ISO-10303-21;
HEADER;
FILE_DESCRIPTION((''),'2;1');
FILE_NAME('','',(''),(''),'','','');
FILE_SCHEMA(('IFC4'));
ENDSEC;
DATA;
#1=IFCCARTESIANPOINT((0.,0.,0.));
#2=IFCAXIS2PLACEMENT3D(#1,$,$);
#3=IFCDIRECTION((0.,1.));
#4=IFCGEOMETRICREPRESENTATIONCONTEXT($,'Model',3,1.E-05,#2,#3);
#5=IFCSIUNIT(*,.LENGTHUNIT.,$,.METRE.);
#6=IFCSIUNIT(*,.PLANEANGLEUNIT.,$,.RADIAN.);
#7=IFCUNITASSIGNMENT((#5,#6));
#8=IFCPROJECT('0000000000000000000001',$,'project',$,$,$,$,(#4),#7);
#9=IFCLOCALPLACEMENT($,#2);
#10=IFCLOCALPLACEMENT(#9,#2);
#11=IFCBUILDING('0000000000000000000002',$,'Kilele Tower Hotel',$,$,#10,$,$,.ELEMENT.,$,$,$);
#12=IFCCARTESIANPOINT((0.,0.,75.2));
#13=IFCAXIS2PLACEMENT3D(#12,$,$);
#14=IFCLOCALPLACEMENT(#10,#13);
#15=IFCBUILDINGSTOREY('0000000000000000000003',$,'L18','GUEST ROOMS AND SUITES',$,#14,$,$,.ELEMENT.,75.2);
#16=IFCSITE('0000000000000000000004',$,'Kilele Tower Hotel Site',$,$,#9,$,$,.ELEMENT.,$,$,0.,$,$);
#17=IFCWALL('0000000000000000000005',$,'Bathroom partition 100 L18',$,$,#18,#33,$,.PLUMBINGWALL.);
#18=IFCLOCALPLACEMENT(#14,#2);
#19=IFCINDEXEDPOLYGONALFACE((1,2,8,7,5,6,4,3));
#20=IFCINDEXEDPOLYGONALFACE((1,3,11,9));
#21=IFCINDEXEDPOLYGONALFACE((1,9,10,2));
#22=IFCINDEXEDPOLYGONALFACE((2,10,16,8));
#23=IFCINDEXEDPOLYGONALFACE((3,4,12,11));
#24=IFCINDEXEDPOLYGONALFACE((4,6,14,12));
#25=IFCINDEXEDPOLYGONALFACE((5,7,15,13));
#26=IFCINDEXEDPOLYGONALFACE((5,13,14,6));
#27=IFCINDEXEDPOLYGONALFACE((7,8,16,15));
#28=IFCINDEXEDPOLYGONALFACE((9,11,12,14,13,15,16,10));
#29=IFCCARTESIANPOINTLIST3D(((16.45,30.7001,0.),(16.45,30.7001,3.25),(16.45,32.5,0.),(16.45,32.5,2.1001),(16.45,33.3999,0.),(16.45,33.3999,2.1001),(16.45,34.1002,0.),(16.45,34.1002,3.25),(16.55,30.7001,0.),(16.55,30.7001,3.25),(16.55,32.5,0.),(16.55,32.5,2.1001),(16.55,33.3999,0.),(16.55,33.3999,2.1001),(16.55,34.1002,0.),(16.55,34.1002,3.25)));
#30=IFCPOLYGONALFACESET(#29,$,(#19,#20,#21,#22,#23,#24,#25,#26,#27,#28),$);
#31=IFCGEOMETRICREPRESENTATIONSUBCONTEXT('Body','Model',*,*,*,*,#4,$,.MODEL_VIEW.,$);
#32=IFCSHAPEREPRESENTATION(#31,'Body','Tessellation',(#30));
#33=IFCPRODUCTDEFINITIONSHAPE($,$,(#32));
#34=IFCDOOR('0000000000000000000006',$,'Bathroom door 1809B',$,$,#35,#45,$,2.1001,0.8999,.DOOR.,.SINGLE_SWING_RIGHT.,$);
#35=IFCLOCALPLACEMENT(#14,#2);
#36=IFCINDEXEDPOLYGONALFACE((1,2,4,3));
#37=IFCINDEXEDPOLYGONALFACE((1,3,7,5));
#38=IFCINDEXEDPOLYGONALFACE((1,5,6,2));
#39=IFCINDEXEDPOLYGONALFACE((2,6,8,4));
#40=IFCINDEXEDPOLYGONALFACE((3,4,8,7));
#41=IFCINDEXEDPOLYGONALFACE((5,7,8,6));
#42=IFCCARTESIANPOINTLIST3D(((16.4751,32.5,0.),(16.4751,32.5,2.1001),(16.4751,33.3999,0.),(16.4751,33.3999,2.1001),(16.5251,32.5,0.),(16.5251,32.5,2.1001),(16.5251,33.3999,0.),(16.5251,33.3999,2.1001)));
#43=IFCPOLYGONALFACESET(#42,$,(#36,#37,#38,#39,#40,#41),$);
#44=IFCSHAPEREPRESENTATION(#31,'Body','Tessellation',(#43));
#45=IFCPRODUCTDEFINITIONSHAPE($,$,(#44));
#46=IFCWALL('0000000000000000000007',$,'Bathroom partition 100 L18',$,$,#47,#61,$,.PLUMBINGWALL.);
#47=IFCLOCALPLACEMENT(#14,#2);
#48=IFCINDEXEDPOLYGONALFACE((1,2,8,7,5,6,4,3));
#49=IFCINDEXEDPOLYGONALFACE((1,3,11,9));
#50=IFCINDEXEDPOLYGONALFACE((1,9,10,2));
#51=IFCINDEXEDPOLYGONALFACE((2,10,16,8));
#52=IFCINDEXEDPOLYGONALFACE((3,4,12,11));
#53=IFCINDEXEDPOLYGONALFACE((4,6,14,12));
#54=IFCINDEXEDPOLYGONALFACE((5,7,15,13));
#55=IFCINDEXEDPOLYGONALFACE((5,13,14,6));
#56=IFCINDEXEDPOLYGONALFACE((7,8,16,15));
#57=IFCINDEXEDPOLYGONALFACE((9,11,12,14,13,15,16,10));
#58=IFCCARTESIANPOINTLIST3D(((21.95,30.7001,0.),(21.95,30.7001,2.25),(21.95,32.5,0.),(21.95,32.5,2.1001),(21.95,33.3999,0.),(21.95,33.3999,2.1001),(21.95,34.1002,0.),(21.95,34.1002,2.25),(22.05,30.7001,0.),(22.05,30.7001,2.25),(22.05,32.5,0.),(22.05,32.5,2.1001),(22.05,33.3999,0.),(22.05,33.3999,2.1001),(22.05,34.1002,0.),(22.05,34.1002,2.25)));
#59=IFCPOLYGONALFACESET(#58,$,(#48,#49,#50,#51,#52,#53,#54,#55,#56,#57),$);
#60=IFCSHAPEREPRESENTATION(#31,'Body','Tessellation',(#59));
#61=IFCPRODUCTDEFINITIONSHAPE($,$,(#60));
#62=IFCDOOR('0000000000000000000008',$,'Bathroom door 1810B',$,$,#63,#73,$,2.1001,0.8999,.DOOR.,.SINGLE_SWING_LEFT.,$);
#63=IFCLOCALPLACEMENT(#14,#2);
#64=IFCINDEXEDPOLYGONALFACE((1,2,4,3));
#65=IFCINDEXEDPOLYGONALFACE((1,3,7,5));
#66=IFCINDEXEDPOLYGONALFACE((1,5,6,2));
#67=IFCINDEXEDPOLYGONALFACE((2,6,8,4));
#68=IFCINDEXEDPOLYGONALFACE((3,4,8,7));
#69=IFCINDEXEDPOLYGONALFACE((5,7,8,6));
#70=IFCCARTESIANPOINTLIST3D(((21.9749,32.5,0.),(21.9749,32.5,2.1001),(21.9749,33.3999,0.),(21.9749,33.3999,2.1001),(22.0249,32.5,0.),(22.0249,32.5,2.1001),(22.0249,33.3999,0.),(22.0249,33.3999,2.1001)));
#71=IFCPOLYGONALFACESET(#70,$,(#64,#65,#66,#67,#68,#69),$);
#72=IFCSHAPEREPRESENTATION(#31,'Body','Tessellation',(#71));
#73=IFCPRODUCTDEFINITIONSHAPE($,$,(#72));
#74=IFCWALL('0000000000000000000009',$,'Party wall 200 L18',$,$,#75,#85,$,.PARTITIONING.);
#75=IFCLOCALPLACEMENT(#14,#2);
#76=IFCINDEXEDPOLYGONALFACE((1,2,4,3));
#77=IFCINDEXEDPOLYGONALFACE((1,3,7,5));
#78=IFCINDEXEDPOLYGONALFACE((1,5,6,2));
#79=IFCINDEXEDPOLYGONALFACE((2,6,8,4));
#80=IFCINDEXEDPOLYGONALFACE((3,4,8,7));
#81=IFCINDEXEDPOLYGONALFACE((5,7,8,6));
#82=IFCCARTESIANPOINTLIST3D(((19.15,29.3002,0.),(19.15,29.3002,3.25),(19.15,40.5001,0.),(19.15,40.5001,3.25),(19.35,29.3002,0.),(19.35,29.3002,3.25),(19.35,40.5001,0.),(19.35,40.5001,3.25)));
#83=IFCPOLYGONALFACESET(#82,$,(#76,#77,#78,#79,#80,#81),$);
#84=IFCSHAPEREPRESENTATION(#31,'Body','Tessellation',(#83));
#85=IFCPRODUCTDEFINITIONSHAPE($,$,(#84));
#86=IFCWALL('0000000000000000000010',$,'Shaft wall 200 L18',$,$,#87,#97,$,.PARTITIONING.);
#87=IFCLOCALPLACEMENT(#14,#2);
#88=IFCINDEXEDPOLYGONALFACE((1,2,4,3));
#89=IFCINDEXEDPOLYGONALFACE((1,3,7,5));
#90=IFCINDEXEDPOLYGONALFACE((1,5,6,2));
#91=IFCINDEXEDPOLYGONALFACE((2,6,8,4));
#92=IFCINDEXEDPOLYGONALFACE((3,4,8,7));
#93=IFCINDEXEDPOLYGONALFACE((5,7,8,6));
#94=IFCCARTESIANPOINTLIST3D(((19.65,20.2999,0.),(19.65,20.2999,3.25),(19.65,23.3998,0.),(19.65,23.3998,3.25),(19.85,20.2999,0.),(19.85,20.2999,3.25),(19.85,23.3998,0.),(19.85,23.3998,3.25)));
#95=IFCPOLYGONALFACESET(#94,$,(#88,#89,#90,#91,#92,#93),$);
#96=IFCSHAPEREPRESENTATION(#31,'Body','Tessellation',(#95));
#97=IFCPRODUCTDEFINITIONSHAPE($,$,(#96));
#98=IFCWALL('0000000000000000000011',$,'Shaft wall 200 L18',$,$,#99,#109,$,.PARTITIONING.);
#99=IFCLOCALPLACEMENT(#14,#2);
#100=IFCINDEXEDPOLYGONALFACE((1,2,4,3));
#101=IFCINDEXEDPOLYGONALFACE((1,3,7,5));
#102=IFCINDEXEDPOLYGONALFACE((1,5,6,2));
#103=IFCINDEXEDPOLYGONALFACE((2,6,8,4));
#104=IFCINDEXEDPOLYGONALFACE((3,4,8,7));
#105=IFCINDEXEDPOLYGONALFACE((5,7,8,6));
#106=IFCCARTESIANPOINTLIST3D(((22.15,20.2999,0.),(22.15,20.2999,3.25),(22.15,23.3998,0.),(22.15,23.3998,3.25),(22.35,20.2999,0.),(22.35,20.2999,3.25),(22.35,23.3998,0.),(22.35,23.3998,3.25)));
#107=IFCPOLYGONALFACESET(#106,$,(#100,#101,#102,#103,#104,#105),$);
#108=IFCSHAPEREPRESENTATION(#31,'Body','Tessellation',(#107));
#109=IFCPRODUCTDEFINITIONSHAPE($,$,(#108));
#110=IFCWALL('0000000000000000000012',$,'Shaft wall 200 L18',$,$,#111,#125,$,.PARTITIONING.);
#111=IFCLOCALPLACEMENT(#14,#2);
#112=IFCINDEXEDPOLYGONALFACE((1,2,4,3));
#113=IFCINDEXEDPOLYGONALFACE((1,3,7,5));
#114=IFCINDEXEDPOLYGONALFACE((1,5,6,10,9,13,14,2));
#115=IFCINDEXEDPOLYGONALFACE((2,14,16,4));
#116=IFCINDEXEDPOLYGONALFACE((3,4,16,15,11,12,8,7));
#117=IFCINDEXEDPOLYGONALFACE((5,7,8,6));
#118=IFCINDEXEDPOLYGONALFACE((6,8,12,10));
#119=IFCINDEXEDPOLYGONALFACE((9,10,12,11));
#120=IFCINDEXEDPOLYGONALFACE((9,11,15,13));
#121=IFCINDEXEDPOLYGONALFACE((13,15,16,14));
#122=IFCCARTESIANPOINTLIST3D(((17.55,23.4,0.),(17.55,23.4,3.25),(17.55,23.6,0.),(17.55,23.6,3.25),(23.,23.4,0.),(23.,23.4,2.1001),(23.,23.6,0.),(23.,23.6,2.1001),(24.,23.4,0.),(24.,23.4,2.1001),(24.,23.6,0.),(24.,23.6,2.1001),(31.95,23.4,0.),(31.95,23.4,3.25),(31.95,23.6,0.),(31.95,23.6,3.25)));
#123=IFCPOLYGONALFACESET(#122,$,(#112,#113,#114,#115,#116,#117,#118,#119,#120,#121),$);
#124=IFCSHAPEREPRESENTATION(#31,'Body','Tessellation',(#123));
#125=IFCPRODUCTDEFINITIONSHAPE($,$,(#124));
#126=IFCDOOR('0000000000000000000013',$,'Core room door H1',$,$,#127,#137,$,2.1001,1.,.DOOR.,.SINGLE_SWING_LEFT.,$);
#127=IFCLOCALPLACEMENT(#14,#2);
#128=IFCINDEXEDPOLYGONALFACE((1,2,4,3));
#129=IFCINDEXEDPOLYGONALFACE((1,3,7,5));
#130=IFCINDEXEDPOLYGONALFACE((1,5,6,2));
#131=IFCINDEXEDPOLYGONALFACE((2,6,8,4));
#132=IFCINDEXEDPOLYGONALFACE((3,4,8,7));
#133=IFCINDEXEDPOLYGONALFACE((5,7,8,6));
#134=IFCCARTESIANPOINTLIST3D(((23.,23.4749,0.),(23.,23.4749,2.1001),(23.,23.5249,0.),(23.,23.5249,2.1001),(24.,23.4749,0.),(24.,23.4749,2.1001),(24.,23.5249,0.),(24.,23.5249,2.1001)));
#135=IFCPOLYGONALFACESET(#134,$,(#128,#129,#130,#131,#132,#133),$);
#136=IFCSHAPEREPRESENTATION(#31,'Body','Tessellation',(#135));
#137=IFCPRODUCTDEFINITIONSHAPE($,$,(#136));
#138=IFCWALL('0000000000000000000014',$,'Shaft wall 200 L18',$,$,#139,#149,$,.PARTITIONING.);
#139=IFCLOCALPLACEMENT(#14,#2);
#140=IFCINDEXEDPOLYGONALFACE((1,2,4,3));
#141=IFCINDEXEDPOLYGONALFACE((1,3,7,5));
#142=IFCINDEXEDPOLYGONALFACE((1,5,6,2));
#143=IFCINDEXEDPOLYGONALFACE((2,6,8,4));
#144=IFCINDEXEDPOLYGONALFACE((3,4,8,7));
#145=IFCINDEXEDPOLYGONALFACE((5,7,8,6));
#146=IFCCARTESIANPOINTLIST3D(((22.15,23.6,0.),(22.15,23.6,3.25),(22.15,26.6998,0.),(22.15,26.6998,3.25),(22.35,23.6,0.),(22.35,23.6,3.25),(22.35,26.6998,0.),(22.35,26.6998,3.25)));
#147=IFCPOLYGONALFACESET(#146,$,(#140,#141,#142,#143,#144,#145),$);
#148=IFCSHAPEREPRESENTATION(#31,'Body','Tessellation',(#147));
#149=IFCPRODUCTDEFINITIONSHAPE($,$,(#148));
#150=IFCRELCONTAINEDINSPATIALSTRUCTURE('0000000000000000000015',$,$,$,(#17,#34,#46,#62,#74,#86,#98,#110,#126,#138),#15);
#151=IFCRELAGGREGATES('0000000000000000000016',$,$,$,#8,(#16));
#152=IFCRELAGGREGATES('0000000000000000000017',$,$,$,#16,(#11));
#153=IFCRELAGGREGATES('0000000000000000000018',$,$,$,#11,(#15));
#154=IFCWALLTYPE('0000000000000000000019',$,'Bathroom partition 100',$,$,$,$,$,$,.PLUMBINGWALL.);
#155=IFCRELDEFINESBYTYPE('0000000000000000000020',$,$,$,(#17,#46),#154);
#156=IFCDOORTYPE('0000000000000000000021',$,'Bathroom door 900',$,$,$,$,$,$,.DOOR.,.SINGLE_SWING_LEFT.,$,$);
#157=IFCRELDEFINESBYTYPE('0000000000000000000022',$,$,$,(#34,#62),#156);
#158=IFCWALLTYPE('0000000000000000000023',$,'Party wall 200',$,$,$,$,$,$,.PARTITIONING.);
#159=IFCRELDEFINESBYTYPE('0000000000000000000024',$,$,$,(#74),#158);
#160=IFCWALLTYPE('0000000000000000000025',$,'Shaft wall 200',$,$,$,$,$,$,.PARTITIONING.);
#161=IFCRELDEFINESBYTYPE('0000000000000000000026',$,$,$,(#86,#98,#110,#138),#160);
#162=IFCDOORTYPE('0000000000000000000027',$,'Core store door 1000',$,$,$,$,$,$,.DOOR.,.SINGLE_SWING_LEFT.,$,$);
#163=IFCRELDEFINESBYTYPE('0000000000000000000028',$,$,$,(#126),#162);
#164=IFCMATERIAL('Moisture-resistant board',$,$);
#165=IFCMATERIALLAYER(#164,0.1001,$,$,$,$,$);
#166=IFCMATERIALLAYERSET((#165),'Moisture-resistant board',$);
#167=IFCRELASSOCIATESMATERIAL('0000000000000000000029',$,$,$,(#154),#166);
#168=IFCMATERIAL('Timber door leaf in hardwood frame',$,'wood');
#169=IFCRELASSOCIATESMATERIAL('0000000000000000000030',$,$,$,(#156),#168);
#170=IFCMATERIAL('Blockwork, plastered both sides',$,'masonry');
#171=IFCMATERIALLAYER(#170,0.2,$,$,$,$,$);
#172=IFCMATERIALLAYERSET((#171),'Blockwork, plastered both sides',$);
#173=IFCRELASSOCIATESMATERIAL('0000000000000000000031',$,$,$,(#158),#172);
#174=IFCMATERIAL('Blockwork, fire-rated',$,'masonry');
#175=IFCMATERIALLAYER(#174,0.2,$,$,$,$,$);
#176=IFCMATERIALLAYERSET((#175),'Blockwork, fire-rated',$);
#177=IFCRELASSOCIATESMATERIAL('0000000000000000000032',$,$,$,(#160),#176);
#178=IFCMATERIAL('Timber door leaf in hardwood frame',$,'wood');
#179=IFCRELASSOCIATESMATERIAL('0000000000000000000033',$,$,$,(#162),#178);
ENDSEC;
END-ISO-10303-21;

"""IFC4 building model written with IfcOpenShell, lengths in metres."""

from ifc_helpers import new_model, si_unit, direction, frame, frame_2d, origin, place, context, subcontext, project, spatial, rectangle, extrude, material, layer, layer_set, type_object, element, fill, save


model = new_model("IFC4")

# Units and contexts
model_context = context("Model", 3, precision=1e-05, world=origin(), true_north=direction((0.0, 1.0)))
body_context = subcontext(model_context, "Body", "Model", "MODEL_VIEW")
ifc_project = project(units=[si_unit("LENGTHUNIT", "METRE"), si_unit("PLANEANGLEUNIT", "RADIAN")], contexts=[model_context])

# Site, building, storey
site_placement = place(None, origin())
site = spatial("IfcSite", under=ifc_project, at=site_placement, Name="Kilele Tower Hotel Site", CompositionType="ELEMENT", RefElevation=0.0)
building_placement = place(site_placement, origin())
building = spatial("IfcBuilding", under=site, at=building_placement, Name="Kilele Tower Hotel", CompositionType="ELEMENT")
storey_placement = place(building_placement, frame((0.0, 0.0, 75.2)))
storey = spatial("IfcBuildingStorey", under=building, at=storey_placement, Name="L18", Description="GUEST ROOMS AND SUITES", CompositionType="ELEMENT", Elevation=75.2)

# Walls, openings, doors
ifc_material_1 = material(Name="Moisture-resistant board")
ifc_layer_1 = layer(ifc_material_1, 0.1001)
ifc_layer_set_1 = layer_set([ifc_layer_1], Name="Moisture-resistant board")
wall_type_1 = type_object("IfcWallType", Name="Bathroom partition 100", PredefinedType="PLUMBINGWALL", material=ifc_layer_set_1)
wall_1_placement = place(storey_placement, frame((16.5, 30.7, 0.0), z_axis=(0.0, 0.0, 1.0), x_axis=(0.0, 1.0, 0.0)))
wall_1 = element("IfcWall", 1, at=wall_1_placement, inside=storey, type_object=wall_type_1, Name="Bathroom partition 100 L18", PredefinedType="PLUMBINGWALL", context=body_context, shape_type="SweptSolid", body=[
    extrude(rectangle(XDim=3.4001, YDim=0.1001, at=frame_2d((1.7002, 0.0))), origin(), (0.0, 0.0, 1.0), 3.25),
])
opening_1_placement = place(wall_1_placement, frame((1.8, 0.0, 0.0)))
opening_1 = element("IfcOpeningElement", 2, at=opening_1_placement, cuts=wall_1, PredefinedType="OPENING", context=body_context, shape_type="SweptSolid", body=[
    extrude(rectangle(XDim=0.8999, YDim=2.1001, at=frame_2d((0.45, 1.05))), frame((0.0, 0.0601, 0.0), z_axis=(0.0, -1.0, 0.0), x_axis=(1.0, 0.0, 0.0)), (0.0, 0.0, 1.0), 0.1201),
])
ifc_material_2 = material(Name="Timber door leaf in hardwood frame", Category="wood")
door_type_1 = type_object("IfcDoorType", Name="Bathroom door 900", OperationType="SINGLE_SWING_LEFT", PredefinedType="DOOR", material=ifc_material_2)
door_1_placement = place(opening_1_placement, origin())
door_1 = element("IfcDoor", 3, at=door_1_placement, inside=storey, type_object=door_type_1, Name="Bathroom door 1809B", OperationType="SINGLE_SWING_RIGHT", OverallHeight=2.1001, OverallWidth=0.8999, PredefinedType="DOOR", context=body_context, shape_type="SweptSolid", body=[
    extrude(rectangle(XDim=0.8999, YDim=2.1001, at=frame_2d((0.45, 1.05))), frame((0.0, 0.0249, 0.0), z_axis=(0.0, -1.0, 0.0), x_axis=(1.0, 0.0, 0.0)), (0.0, 0.0, 1.0), 0.05),
])
fill(opening_1, door_1)
wall_2_placement = place(storey_placement, frame((22.0, 30.7, 0.0), z_axis=(0.0, 0.0, 1.0), x_axis=(0.0, 1.0, 0.0)))
wall_2 = element("IfcWall", 4, at=wall_2_placement, inside=storey, type_object=wall_type_1, Name="Bathroom partition 100 L18", PredefinedType="PLUMBINGWALL", context=body_context, shape_type="SweptSolid", body=[
    extrude(rectangle(XDim=3.4001, YDim=0.1001, at=frame_2d((1.7002, 0.0))), origin(), (0.0, 0.0, 1.0), 2.25),
])
opening_2_placement = place(wall_2_placement, frame((2.7, 0.0, 0.0), z_axis=(0.0, 0.0, 1.0), x_axis=(-1.0, 0.0, 0.0)))
opening_2 = element("IfcOpeningElement", 5, at=opening_2_placement, cuts=wall_2, PredefinedType="OPENING", context=body_context, shape_type="SweptSolid", body=[
    extrude(rectangle(XDim=0.8999, YDim=2.1001, at=frame_2d((0.45, 1.05))), frame((0.0, 0.0601, 0.0), z_axis=(0.0, -1.0, 0.0), x_axis=(1.0, 0.0, 0.0)), (0.0, 0.0, 1.0), 0.1201),
])
door_2_placement = place(opening_2_placement, origin())
door_2 = element("IfcDoor", 6, at=door_2_placement, inside=storey, type_object=door_type_1, Name="Bathroom door 1810B", OperationType="SINGLE_SWING_LEFT", OverallHeight=2.1001, OverallWidth=0.8999, PredefinedType="DOOR", context=body_context, shape_type="SweptSolid", body=[
    extrude(rectangle(XDim=0.8999, YDim=2.1001, at=frame_2d((0.45, 1.05))), frame((0.0, 0.0249, 0.0), z_axis=(0.0, -1.0, 0.0), x_axis=(1.0, 0.0, 0.0)), (0.0, 0.0, 1.0), 0.05),
])
fill(opening_2, door_2)

# Walls
ifc_material_3 = material(Name="Blockwork, plastered both sides", Category="masonry")
ifc_layer_2 = layer(ifc_material_3, 0.2)
ifc_layer_set_2 = layer_set([ifc_layer_2], Name="Blockwork, plastered both sides")
wall_type_2 = type_object("IfcWallType", Name="Party wall 200", PredefinedType="PARTITIONING", material=ifc_layer_set_2)
wall_3_placement = place(storey_placement, frame((19.25, 29.3, 0.0), z_axis=(0.0, 0.0, 1.0), x_axis=(0.0, 1.0, 0.0)))
element("IfcWall", 7, at=wall_3_placement, inside=storey, type_object=wall_type_2, Name="Party wall 200 L18", PredefinedType="PARTITIONING", context=body_context, shape_type="SweptSolid", body=[
    extrude(rectangle(XDim=11.2, YDim=0.2, at=frame_2d((5.6001, 0.0))), origin(), (0.0, 0.0, 1.0), 3.25),
])
ifc_material_4 = material(Name="Blockwork, fire-rated", Category="masonry")
ifc_layer_3 = layer(ifc_material_4, 0.2)
ifc_layer_set_3 = layer_set([ifc_layer_3], Name="Blockwork, fire-rated")
wall_type_3 = type_object("IfcWallType", Name="Shaft wall 200", PredefinedType="PARTITIONING", material=ifc_layer_set_3)
for number, where, z_axis, x_axis, name in (
    (8, (19.75, 20.3, 0.0), (0.0, 0.0, 1.0), (0.0, 1.0, 0.0), "Shaft wall 200 L18"),
    (9, (22.25, 20.3, 0.0), (0.0, 0.0, 1.0), (0.0, 1.0, 0.0), "Shaft wall 200 L18"),
):
    element("IfcWall", number, at=place(storey_placement, frame(where, z_axis=z_axis, x_axis=x_axis)), inside=storey, type_object=wall_type_3, Name=name, PredefinedType="PARTITIONING", context=body_context, shape_type="SweptSolid", body=[
        extrude(rectangle(XDim=3.0999, YDim=0.2, at=frame_2d((1.5498, 0.0))), origin(), (0.0, 0.0, 1.0), 3.25),
    ])

# Wall, opening, door
wall_4_placement = place(storey_placement, frame((17.55, 23.5, 0.0), z_axis=(0.0, 0.0, 1.0), x_axis=(1.0, 0.0, 0.0)))
wall_4 = element("IfcWall", 10, at=wall_4_placement, inside=storey, type_object=wall_type_3, Name="Shaft wall 200 L18", PredefinedType="PARTITIONING", context=body_context, shape_type="SweptSolid", body=[
    extrude(rectangle(XDim=14.3999, YDim=0.2, at=frame_2d((7.2, 0.0))), origin(), (0.0, 0.0, 1.0), 3.25),
])
opening_3_placement = place(wall_4_placement, frame((5.45, 0.0, 0.0)))
opening_3 = element("IfcOpeningElement", 11, at=opening_3_placement, cuts=wall_4, PredefinedType="OPENING", context=body_context, shape_type="SweptSolid", body=[
    extrude(rectangle(XDim=1.0, YDim=2.1001, at=frame_2d((0.5, 1.05))), frame((0.0, 0.1099, 0.0), z_axis=(0.0, -1.0, 0.0), x_axis=(1.0, 0.0, 0.0)), (0.0, 0.0, 1.0), 0.22),
])
ifc_material_5 = material(Name="Timber door leaf in hardwood frame", Category="wood")
door_type_2 = type_object("IfcDoorType", Name="Core store door 1000", OperationType="SINGLE_SWING_LEFT", PredefinedType="DOOR", material=ifc_material_5)
door_3_placement = place(opening_3_placement, origin())
door_3 = element("IfcDoor", 12, at=door_3_placement, inside=storey, type_object=door_type_2, Name="Core room door H1", OperationType="SINGLE_SWING_LEFT", OverallHeight=2.1001, OverallWidth=1.0, PredefinedType="DOOR", context=body_context, shape_type="SweptSolid", body=[
    extrude(rectangle(XDim=1.0, YDim=2.1001, at=frame_2d((0.5, 1.05))), frame((0.0, 0.0249, 0.0), z_axis=(0.0, -1.0, 0.0), x_axis=(1.0, 0.0, 0.0)), (0.0, 0.0, 1.0), 0.05),
])
fill(opening_3, door_3)

# Wall
wall_5_placement = place(storey_placement, frame((22.25, 23.6001, 0.0), z_axis=(0.0, 0.0, 1.0), x_axis=(0.0, 1.0, 0.0)))
element("IfcWall", 13, at=wall_5_placement, inside=storey, type_object=wall_type_3, Name="Shaft wall 200 L18", PredefinedType="PARTITIONING", context=body_context, shape_type="SweptSolid", body=[
    extrude(rectangle(XDim=3.0999, YDim=0.2, at=frame_2d((1.5498, 0.0))), origin(), (0.0, 0.0, 1.0), 3.25),
])

save(model, "model.ifc")
